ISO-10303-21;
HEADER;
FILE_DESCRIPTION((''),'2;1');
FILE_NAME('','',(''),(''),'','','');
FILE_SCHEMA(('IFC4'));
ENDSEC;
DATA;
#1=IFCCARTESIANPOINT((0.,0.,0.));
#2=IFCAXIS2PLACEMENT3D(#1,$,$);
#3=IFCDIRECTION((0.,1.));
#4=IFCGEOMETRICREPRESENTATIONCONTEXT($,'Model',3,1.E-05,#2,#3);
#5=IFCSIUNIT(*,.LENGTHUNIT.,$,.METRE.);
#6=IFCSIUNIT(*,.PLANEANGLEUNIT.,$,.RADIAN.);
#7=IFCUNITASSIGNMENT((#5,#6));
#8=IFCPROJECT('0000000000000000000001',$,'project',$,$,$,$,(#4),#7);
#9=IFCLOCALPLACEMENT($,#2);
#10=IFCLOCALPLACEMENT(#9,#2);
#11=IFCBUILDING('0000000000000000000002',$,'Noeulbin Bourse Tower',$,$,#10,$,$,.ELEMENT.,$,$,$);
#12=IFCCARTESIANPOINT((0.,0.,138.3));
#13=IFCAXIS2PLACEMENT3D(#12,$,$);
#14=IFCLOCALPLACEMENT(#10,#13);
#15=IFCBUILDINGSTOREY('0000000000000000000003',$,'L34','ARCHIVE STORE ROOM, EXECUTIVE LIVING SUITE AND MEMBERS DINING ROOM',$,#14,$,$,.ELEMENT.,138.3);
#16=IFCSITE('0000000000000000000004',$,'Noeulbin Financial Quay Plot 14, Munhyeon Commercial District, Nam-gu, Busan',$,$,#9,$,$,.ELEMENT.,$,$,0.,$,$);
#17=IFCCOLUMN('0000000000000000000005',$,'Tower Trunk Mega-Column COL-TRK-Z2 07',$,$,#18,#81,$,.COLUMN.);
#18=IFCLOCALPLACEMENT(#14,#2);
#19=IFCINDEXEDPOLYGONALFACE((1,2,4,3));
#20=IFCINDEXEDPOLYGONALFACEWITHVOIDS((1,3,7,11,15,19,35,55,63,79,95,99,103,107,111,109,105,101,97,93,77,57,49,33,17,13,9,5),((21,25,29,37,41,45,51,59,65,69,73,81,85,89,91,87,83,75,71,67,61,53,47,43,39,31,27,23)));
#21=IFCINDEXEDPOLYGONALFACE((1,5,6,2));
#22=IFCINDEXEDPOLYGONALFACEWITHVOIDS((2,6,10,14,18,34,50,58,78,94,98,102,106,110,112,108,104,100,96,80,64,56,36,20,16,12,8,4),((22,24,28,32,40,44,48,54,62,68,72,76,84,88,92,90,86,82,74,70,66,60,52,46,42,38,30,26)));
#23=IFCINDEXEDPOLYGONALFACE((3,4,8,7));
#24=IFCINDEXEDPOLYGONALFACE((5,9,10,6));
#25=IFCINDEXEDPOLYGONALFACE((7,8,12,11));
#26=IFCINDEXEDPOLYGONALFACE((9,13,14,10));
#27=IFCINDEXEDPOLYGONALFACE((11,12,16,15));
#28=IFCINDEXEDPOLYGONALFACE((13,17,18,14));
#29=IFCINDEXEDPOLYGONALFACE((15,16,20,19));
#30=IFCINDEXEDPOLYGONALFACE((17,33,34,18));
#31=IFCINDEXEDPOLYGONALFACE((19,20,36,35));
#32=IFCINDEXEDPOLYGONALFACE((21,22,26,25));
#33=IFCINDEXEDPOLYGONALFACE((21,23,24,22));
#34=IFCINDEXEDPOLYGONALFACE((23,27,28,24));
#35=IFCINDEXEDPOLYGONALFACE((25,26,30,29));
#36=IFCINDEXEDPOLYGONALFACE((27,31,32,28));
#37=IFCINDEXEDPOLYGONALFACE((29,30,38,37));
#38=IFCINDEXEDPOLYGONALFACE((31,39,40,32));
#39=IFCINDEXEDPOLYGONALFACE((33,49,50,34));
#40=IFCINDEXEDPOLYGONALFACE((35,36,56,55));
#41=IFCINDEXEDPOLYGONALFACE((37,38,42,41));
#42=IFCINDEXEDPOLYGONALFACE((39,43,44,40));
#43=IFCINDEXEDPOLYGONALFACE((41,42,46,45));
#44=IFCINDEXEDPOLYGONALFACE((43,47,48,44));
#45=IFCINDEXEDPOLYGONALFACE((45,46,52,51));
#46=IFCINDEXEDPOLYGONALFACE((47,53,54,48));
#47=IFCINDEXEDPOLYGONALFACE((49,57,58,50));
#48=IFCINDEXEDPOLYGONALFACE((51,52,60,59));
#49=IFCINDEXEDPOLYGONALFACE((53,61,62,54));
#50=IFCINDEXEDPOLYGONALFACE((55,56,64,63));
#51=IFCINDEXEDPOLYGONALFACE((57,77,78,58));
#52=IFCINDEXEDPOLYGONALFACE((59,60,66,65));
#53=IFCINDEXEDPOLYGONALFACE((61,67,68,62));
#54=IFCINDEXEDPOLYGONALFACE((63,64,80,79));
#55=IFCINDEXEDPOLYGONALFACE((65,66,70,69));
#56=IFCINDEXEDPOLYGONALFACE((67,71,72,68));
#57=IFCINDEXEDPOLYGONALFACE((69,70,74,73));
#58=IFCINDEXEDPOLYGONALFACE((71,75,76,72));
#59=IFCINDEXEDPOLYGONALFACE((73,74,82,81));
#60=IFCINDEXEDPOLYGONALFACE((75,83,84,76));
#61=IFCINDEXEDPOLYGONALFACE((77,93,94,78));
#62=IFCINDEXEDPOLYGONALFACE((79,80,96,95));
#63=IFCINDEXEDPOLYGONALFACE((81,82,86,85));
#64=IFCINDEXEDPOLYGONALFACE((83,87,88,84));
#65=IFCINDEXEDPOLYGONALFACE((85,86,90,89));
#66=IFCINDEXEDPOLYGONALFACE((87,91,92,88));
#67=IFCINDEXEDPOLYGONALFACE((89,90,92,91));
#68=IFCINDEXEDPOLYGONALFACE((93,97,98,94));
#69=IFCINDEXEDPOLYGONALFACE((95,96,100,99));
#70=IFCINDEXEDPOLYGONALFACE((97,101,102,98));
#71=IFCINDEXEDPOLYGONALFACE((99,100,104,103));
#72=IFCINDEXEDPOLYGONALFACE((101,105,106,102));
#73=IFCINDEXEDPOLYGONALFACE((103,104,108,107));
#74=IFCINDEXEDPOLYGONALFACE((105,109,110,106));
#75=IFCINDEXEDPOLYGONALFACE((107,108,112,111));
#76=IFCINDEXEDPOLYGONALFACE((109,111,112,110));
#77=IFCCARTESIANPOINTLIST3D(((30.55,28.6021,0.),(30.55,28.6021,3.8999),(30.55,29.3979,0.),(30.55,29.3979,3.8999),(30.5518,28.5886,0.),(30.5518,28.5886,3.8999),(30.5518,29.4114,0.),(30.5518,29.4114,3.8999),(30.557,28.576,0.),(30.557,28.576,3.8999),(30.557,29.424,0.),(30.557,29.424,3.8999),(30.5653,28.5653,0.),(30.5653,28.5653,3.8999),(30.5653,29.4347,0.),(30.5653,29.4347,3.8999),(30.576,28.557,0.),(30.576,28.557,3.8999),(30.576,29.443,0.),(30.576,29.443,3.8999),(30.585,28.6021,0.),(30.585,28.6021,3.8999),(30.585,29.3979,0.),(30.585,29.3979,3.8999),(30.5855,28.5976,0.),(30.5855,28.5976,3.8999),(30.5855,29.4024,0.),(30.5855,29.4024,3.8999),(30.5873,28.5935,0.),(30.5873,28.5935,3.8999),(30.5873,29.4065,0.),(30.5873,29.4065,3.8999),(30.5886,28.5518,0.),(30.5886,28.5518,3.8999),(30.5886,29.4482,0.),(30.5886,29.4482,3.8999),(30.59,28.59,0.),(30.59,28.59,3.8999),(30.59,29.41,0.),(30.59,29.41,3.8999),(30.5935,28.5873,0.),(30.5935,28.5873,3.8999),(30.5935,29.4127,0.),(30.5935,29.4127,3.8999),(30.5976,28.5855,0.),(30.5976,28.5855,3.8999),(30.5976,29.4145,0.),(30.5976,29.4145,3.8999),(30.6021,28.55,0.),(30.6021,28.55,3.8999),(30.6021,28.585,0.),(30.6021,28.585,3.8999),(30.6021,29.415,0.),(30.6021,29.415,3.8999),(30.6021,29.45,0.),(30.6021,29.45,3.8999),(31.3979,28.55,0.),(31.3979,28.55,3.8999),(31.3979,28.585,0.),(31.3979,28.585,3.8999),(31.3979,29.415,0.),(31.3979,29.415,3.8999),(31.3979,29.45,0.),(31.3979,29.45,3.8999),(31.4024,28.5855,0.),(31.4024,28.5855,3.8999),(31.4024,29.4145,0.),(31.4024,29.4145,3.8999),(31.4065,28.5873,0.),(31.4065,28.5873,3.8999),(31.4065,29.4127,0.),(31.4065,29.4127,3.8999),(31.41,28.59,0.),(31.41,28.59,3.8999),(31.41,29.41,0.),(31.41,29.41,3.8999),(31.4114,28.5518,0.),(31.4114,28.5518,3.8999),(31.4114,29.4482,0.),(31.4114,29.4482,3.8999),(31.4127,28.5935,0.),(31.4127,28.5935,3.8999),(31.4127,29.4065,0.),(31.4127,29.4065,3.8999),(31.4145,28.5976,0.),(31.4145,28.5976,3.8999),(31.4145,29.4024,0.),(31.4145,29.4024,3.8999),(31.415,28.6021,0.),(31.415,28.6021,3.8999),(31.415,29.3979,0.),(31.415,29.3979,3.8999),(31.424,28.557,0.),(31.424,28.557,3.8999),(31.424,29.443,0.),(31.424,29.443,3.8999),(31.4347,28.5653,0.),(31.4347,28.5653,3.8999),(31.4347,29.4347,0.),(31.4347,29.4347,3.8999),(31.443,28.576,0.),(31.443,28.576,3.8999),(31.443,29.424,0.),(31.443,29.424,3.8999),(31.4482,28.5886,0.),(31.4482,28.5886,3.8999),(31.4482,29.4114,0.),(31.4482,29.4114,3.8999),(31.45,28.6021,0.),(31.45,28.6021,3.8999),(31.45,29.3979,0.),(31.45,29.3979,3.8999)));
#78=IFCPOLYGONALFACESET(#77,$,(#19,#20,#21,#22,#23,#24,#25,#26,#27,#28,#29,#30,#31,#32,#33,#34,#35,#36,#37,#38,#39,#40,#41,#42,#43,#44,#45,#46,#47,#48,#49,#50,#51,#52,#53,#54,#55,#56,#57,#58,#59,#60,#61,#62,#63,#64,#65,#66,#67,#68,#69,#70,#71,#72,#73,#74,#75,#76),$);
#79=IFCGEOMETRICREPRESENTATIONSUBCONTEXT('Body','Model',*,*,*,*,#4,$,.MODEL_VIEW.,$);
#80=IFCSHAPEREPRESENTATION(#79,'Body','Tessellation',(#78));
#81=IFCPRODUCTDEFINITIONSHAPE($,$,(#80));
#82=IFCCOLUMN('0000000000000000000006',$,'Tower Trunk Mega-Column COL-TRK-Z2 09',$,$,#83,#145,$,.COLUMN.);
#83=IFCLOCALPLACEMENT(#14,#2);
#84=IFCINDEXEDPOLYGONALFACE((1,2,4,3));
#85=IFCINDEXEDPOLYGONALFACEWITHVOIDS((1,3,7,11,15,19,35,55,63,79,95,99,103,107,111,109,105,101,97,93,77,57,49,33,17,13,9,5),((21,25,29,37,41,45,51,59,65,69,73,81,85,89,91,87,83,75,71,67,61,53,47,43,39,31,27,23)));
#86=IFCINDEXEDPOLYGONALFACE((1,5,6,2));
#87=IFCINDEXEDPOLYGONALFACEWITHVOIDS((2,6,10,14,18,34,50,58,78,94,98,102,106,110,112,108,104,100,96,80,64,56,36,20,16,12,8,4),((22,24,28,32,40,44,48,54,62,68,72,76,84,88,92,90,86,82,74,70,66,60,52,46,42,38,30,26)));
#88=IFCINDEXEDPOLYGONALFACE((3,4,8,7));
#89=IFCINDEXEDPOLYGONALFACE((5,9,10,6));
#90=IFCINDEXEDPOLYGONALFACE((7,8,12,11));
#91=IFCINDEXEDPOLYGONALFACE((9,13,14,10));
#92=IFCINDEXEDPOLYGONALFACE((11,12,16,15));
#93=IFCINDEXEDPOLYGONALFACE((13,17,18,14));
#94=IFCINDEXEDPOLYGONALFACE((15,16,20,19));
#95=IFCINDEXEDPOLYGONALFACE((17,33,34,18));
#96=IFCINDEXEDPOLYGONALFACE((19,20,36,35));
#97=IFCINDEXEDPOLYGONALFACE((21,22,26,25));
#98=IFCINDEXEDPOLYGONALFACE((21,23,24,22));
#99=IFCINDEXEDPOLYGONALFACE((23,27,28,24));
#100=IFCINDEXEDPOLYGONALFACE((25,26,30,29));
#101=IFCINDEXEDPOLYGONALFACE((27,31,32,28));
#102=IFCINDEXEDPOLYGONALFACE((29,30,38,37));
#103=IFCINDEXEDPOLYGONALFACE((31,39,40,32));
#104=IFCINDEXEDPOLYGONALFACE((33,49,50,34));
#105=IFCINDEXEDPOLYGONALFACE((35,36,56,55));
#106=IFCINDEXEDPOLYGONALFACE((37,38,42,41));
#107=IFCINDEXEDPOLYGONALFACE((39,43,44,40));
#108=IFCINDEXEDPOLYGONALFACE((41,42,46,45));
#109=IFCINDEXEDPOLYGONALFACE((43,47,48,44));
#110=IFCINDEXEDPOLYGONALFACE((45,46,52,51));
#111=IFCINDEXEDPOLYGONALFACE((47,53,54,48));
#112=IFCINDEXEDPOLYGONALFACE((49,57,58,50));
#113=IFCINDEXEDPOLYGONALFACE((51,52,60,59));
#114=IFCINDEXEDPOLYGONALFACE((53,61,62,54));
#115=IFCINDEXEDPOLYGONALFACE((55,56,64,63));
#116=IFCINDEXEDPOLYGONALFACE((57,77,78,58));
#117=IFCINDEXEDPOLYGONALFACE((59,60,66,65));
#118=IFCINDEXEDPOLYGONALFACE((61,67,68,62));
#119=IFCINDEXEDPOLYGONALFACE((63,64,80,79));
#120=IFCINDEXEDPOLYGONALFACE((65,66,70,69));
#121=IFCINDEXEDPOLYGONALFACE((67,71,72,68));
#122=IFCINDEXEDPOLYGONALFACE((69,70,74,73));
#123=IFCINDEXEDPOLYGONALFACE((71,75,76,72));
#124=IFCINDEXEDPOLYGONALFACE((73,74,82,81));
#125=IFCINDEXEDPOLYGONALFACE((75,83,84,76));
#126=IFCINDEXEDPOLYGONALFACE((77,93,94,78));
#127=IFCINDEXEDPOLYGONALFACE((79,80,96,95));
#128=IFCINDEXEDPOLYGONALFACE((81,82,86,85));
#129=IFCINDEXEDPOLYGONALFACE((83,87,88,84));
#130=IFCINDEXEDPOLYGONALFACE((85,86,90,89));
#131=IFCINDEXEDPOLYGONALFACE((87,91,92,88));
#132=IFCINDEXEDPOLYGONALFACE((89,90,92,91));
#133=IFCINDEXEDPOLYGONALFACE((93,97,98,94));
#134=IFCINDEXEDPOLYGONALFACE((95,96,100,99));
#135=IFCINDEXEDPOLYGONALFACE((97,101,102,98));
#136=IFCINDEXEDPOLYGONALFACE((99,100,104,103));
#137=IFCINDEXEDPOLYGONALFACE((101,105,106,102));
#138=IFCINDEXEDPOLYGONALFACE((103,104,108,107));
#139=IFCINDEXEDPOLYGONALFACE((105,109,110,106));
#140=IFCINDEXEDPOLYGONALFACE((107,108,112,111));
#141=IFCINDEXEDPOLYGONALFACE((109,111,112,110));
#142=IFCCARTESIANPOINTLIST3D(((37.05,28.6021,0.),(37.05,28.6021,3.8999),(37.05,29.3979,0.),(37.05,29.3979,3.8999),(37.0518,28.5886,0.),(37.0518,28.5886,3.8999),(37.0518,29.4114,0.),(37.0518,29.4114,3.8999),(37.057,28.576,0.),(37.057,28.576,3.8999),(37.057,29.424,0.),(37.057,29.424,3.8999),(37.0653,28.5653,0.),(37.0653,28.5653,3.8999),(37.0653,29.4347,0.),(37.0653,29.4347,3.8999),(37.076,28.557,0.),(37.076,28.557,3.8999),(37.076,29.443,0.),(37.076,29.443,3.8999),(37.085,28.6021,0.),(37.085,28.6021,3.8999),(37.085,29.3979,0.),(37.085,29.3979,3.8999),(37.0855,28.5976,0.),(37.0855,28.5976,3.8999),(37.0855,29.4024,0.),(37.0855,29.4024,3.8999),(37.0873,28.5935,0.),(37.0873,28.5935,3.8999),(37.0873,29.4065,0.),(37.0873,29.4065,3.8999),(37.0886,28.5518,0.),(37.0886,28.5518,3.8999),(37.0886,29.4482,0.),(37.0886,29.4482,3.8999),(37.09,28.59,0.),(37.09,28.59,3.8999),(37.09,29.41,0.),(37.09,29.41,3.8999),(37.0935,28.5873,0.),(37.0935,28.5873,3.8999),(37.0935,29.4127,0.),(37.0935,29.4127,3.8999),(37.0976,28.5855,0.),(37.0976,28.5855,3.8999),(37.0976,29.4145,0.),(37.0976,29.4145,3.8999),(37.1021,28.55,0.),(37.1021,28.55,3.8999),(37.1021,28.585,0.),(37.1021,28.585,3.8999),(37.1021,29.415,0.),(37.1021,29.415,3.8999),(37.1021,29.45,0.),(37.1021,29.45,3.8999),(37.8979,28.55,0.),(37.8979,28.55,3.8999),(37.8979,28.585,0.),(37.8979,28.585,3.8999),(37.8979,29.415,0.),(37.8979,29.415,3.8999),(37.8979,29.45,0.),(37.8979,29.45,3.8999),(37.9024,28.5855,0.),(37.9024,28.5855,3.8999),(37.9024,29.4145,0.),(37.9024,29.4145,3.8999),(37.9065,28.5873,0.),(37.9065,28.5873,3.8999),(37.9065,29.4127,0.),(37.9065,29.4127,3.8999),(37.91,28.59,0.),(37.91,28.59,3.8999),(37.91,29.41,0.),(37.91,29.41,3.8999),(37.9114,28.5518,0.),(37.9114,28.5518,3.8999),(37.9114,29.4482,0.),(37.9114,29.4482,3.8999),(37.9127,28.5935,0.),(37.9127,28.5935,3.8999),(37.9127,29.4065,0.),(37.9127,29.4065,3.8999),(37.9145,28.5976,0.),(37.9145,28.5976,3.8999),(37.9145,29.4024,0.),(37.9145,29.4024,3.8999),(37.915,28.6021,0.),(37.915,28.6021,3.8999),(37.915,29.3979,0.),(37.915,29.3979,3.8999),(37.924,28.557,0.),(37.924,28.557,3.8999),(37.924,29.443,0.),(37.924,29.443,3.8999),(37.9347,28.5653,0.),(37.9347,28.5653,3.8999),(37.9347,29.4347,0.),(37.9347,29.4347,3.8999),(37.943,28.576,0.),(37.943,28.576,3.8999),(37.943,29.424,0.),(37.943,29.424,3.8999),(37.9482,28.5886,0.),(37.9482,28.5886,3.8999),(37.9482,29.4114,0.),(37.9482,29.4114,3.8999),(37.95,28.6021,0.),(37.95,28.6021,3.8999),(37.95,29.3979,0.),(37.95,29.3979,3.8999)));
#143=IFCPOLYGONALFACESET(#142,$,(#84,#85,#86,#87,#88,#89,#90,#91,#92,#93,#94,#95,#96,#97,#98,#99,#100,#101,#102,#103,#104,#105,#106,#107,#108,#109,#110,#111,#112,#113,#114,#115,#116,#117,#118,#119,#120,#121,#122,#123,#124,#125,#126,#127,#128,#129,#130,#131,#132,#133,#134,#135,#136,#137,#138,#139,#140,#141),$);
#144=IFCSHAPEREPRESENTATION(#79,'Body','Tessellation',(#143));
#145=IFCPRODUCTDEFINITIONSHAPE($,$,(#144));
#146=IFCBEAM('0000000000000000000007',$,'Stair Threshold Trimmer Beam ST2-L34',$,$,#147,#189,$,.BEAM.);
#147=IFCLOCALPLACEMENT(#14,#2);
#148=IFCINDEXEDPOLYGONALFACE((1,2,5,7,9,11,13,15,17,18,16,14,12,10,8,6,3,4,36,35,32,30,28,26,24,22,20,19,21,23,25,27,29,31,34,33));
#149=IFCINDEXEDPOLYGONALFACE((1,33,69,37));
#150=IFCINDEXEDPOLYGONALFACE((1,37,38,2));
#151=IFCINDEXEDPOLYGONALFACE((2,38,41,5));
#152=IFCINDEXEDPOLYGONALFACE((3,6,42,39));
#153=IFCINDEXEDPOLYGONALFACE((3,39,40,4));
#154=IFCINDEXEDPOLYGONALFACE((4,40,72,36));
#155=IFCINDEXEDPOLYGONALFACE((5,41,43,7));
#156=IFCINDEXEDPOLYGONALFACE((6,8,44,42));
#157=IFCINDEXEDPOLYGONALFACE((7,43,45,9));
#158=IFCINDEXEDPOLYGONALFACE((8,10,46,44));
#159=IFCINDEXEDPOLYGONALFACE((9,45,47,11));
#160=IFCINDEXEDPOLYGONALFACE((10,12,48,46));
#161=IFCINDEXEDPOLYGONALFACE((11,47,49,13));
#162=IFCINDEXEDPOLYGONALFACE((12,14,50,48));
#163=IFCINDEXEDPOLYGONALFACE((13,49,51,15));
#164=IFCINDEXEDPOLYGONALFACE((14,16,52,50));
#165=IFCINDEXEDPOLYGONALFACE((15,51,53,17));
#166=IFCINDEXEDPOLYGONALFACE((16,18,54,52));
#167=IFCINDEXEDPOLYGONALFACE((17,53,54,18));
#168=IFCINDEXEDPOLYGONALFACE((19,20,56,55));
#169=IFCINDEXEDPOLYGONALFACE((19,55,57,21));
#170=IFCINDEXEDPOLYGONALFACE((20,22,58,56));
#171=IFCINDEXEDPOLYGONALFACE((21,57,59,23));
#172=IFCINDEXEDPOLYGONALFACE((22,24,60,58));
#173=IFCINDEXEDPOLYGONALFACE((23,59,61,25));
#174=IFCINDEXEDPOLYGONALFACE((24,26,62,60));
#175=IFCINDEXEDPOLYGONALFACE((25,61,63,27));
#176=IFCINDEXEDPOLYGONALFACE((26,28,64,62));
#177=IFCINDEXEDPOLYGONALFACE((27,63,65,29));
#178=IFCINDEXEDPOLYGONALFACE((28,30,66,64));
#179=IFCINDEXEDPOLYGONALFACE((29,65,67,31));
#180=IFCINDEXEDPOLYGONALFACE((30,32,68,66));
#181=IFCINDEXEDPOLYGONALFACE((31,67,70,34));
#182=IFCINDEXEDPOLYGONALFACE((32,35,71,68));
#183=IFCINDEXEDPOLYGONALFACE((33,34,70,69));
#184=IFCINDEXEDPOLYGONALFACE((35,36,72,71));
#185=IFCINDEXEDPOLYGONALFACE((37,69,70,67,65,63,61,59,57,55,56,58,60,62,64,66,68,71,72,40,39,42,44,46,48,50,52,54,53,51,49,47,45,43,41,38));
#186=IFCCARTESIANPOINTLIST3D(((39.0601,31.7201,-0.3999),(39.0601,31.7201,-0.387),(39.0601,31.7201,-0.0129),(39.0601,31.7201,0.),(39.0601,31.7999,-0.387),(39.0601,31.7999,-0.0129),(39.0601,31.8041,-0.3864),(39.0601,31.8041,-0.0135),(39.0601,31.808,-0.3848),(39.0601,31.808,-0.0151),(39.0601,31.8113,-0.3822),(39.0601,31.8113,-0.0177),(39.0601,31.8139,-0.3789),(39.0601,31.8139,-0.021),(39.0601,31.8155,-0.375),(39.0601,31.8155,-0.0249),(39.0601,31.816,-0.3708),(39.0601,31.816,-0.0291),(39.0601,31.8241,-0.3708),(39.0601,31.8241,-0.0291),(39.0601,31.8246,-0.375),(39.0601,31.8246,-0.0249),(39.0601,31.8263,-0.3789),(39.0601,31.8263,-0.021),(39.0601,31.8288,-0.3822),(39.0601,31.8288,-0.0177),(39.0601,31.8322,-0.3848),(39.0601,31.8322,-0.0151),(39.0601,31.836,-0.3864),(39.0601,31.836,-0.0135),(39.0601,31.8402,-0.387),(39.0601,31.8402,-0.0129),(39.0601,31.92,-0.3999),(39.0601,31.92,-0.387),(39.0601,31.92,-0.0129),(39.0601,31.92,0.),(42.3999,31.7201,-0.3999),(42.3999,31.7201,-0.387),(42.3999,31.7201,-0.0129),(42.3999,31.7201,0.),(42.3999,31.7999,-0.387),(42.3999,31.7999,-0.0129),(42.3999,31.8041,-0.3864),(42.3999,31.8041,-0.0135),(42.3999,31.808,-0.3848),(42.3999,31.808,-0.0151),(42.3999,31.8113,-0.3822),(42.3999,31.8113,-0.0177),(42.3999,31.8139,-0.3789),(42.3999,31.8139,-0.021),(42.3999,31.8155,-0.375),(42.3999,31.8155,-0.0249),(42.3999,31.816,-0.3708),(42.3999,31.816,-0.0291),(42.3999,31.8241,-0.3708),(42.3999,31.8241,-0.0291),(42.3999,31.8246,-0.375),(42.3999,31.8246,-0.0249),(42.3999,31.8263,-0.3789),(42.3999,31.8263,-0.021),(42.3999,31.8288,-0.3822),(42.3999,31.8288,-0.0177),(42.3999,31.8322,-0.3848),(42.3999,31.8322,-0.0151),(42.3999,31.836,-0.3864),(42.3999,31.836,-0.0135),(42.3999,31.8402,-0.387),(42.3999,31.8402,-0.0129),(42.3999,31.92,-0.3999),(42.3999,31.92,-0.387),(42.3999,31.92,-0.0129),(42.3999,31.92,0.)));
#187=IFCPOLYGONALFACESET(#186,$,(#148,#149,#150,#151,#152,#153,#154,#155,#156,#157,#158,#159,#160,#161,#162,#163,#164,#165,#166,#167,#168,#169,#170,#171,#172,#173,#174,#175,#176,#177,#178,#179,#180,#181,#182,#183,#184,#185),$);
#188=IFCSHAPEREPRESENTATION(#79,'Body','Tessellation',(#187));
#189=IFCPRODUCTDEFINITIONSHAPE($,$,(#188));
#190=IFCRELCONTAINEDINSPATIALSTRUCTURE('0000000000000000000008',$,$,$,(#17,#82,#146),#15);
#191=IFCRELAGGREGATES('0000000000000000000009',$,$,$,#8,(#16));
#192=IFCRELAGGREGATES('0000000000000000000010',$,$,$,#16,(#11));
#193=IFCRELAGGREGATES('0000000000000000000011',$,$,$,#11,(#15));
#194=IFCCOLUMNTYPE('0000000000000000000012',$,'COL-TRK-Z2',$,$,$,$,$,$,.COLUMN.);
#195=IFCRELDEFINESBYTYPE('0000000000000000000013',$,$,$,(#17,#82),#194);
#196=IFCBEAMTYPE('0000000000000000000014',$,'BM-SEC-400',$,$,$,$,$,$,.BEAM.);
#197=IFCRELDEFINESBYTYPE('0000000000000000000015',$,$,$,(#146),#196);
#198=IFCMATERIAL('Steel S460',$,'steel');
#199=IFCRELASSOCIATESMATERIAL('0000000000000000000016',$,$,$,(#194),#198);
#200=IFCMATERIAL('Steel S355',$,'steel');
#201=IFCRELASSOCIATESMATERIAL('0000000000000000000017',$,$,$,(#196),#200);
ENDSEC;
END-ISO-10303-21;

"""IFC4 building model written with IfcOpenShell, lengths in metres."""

from ifc_helpers import new_model, si_unit, direction, frame, origin, origin_2d, place, context, subcontext, project, spatial, hollow_rectangle, i_section, extrude, material, material_profile, profile_set, type_object, element, save


model = new_model("IFC4")

# Units and contexts
model_context = context("Model", 3, precision=1e-05, world=origin(), true_north=direction((0.0, 1.0)))
body_context = subcontext(model_context, "Body", "Model", "MODEL_VIEW")
ifc_project = project(units=[si_unit("LENGTHUNIT", "METRE"), si_unit("PLANEANGLEUNIT", "RADIAN")], contexts=[model_context])

# Site, building, storey
site_placement = place(None, origin())
site = spatial("IfcSite", under=ifc_project, at=site_placement, Name="Noeulbin Financial Quay Plot 14, Munhyeon Commercial District, Nam-gu, Busan", CompositionType="ELEMENT", RefElevation=0.0)
building_placement = place(site_placement, origin())
building = spatial("IfcBuilding", under=site, at=building_placement, Name="Noeulbin Bourse Tower", CompositionType="ELEMENT")
storey_placement = place(building_placement, frame((0.0, 0.0, 138.3)))
storey = spatial("IfcBuildingStorey", under=building, at=storey_placement, Name="L34", Description="ARCHIVE STORE ROOM, EXECUTIVE LIVING SUITE AND MEMBERS DINING ROOM", CompositionType="ELEMENT", Elevation=138.3)

# Columns
ifc_material_1 = material(Name="Steel S460", Category="steel")
ifc_material_profile_1 = material_profile(ifc_material_1, hollow_rectangle(XDim=0.8999, YDim=0.8999, WallThickness=0.0349, InnerFilletRadius=0.0171, OuterFilletRadius=0.052, at=origin_2d()), Name="BOX-900x900x35", Category="LoadBearing")
ifc_profile_set_1 = profile_set([ifc_material_profile_1], Name="Steel S460")
column_type = type_object("IfcColumnType", Name="COL-TRK-Z2", PredefinedType="COLUMN", material=ifc_profile_set_1)
for number, where, z_axis, x_axis, name in (
    (1, (31.0, 29.0, 0.0), (0.0, 0.0, 1.0), (1.0, 0.0, 0.0), "Tower Trunk Mega-Column COL-TRK-Z2 07"),
    (2, (37.5, 29.0, 0.0), (0.0, 0.0, 1.0), (1.0, 0.0, 0.0), "Tower Trunk Mega-Column COL-TRK-Z2 09"),
):
    element("IfcColumn", number, at=place(storey_placement, frame(where, z_axis=z_axis, x_axis=x_axis)), inside=storey, type_object=column_type, Name=name, PredefinedType="COLUMN", context=body_context, shape_type="SweptSolid", body=[
        extrude(hollow_rectangle(XDim=0.8999, YDim=0.8999, WallThickness=0.0349, InnerFilletRadius=0.0171, OuterFilletRadius=0.052, at=origin_2d()), origin(), (0.0, 0.0, 1.0), 3.8999),
    ])

# Beam
ifc_material_2 = material(Name="Steel S355", Category="steel")
ifc_material_profile_2 = material_profile(ifc_material_2, i_section(OverallWidth=0.2, OverallDepth=0.3999, WebThickness=0.0081, FlangeThickness=0.0129, FilletRadius=0.0161, at=origin_2d()), Name="H-400x200x8x13", Category="LoadBearing")
ifc_profile_set_2 = profile_set([ifc_material_profile_2], Name="Steel S355")
beam_type = type_object("IfcBeamType", Name="BM-SEC-400", PredefinedType="BEAM", material=ifc_profile_set_2)
beam_placement = place(storey_placement, frame((39.0601, 31.8201, -0.2), z_axis=(1.0, 0.0, 0.0), x_axis=(0.0, 1.0, 0.0)))
element("IfcBeam", 3, at=beam_placement, inside=storey, type_object=beam_type, Name="Stair Threshold Trimmer Beam ST2-L34", PredefinedType="BEAM", context=body_context, shape_type="SweptSolid", body=[
    extrude(i_section(OverallWidth=0.2, OverallDepth=0.3999, WebThickness=0.0081, FlangeThickness=0.0129, FilletRadius=0.0161, at=origin_2d()), origin(), (0.0, 0.0, 1.0), 3.3398),
])

save(model, "model.ifc")
